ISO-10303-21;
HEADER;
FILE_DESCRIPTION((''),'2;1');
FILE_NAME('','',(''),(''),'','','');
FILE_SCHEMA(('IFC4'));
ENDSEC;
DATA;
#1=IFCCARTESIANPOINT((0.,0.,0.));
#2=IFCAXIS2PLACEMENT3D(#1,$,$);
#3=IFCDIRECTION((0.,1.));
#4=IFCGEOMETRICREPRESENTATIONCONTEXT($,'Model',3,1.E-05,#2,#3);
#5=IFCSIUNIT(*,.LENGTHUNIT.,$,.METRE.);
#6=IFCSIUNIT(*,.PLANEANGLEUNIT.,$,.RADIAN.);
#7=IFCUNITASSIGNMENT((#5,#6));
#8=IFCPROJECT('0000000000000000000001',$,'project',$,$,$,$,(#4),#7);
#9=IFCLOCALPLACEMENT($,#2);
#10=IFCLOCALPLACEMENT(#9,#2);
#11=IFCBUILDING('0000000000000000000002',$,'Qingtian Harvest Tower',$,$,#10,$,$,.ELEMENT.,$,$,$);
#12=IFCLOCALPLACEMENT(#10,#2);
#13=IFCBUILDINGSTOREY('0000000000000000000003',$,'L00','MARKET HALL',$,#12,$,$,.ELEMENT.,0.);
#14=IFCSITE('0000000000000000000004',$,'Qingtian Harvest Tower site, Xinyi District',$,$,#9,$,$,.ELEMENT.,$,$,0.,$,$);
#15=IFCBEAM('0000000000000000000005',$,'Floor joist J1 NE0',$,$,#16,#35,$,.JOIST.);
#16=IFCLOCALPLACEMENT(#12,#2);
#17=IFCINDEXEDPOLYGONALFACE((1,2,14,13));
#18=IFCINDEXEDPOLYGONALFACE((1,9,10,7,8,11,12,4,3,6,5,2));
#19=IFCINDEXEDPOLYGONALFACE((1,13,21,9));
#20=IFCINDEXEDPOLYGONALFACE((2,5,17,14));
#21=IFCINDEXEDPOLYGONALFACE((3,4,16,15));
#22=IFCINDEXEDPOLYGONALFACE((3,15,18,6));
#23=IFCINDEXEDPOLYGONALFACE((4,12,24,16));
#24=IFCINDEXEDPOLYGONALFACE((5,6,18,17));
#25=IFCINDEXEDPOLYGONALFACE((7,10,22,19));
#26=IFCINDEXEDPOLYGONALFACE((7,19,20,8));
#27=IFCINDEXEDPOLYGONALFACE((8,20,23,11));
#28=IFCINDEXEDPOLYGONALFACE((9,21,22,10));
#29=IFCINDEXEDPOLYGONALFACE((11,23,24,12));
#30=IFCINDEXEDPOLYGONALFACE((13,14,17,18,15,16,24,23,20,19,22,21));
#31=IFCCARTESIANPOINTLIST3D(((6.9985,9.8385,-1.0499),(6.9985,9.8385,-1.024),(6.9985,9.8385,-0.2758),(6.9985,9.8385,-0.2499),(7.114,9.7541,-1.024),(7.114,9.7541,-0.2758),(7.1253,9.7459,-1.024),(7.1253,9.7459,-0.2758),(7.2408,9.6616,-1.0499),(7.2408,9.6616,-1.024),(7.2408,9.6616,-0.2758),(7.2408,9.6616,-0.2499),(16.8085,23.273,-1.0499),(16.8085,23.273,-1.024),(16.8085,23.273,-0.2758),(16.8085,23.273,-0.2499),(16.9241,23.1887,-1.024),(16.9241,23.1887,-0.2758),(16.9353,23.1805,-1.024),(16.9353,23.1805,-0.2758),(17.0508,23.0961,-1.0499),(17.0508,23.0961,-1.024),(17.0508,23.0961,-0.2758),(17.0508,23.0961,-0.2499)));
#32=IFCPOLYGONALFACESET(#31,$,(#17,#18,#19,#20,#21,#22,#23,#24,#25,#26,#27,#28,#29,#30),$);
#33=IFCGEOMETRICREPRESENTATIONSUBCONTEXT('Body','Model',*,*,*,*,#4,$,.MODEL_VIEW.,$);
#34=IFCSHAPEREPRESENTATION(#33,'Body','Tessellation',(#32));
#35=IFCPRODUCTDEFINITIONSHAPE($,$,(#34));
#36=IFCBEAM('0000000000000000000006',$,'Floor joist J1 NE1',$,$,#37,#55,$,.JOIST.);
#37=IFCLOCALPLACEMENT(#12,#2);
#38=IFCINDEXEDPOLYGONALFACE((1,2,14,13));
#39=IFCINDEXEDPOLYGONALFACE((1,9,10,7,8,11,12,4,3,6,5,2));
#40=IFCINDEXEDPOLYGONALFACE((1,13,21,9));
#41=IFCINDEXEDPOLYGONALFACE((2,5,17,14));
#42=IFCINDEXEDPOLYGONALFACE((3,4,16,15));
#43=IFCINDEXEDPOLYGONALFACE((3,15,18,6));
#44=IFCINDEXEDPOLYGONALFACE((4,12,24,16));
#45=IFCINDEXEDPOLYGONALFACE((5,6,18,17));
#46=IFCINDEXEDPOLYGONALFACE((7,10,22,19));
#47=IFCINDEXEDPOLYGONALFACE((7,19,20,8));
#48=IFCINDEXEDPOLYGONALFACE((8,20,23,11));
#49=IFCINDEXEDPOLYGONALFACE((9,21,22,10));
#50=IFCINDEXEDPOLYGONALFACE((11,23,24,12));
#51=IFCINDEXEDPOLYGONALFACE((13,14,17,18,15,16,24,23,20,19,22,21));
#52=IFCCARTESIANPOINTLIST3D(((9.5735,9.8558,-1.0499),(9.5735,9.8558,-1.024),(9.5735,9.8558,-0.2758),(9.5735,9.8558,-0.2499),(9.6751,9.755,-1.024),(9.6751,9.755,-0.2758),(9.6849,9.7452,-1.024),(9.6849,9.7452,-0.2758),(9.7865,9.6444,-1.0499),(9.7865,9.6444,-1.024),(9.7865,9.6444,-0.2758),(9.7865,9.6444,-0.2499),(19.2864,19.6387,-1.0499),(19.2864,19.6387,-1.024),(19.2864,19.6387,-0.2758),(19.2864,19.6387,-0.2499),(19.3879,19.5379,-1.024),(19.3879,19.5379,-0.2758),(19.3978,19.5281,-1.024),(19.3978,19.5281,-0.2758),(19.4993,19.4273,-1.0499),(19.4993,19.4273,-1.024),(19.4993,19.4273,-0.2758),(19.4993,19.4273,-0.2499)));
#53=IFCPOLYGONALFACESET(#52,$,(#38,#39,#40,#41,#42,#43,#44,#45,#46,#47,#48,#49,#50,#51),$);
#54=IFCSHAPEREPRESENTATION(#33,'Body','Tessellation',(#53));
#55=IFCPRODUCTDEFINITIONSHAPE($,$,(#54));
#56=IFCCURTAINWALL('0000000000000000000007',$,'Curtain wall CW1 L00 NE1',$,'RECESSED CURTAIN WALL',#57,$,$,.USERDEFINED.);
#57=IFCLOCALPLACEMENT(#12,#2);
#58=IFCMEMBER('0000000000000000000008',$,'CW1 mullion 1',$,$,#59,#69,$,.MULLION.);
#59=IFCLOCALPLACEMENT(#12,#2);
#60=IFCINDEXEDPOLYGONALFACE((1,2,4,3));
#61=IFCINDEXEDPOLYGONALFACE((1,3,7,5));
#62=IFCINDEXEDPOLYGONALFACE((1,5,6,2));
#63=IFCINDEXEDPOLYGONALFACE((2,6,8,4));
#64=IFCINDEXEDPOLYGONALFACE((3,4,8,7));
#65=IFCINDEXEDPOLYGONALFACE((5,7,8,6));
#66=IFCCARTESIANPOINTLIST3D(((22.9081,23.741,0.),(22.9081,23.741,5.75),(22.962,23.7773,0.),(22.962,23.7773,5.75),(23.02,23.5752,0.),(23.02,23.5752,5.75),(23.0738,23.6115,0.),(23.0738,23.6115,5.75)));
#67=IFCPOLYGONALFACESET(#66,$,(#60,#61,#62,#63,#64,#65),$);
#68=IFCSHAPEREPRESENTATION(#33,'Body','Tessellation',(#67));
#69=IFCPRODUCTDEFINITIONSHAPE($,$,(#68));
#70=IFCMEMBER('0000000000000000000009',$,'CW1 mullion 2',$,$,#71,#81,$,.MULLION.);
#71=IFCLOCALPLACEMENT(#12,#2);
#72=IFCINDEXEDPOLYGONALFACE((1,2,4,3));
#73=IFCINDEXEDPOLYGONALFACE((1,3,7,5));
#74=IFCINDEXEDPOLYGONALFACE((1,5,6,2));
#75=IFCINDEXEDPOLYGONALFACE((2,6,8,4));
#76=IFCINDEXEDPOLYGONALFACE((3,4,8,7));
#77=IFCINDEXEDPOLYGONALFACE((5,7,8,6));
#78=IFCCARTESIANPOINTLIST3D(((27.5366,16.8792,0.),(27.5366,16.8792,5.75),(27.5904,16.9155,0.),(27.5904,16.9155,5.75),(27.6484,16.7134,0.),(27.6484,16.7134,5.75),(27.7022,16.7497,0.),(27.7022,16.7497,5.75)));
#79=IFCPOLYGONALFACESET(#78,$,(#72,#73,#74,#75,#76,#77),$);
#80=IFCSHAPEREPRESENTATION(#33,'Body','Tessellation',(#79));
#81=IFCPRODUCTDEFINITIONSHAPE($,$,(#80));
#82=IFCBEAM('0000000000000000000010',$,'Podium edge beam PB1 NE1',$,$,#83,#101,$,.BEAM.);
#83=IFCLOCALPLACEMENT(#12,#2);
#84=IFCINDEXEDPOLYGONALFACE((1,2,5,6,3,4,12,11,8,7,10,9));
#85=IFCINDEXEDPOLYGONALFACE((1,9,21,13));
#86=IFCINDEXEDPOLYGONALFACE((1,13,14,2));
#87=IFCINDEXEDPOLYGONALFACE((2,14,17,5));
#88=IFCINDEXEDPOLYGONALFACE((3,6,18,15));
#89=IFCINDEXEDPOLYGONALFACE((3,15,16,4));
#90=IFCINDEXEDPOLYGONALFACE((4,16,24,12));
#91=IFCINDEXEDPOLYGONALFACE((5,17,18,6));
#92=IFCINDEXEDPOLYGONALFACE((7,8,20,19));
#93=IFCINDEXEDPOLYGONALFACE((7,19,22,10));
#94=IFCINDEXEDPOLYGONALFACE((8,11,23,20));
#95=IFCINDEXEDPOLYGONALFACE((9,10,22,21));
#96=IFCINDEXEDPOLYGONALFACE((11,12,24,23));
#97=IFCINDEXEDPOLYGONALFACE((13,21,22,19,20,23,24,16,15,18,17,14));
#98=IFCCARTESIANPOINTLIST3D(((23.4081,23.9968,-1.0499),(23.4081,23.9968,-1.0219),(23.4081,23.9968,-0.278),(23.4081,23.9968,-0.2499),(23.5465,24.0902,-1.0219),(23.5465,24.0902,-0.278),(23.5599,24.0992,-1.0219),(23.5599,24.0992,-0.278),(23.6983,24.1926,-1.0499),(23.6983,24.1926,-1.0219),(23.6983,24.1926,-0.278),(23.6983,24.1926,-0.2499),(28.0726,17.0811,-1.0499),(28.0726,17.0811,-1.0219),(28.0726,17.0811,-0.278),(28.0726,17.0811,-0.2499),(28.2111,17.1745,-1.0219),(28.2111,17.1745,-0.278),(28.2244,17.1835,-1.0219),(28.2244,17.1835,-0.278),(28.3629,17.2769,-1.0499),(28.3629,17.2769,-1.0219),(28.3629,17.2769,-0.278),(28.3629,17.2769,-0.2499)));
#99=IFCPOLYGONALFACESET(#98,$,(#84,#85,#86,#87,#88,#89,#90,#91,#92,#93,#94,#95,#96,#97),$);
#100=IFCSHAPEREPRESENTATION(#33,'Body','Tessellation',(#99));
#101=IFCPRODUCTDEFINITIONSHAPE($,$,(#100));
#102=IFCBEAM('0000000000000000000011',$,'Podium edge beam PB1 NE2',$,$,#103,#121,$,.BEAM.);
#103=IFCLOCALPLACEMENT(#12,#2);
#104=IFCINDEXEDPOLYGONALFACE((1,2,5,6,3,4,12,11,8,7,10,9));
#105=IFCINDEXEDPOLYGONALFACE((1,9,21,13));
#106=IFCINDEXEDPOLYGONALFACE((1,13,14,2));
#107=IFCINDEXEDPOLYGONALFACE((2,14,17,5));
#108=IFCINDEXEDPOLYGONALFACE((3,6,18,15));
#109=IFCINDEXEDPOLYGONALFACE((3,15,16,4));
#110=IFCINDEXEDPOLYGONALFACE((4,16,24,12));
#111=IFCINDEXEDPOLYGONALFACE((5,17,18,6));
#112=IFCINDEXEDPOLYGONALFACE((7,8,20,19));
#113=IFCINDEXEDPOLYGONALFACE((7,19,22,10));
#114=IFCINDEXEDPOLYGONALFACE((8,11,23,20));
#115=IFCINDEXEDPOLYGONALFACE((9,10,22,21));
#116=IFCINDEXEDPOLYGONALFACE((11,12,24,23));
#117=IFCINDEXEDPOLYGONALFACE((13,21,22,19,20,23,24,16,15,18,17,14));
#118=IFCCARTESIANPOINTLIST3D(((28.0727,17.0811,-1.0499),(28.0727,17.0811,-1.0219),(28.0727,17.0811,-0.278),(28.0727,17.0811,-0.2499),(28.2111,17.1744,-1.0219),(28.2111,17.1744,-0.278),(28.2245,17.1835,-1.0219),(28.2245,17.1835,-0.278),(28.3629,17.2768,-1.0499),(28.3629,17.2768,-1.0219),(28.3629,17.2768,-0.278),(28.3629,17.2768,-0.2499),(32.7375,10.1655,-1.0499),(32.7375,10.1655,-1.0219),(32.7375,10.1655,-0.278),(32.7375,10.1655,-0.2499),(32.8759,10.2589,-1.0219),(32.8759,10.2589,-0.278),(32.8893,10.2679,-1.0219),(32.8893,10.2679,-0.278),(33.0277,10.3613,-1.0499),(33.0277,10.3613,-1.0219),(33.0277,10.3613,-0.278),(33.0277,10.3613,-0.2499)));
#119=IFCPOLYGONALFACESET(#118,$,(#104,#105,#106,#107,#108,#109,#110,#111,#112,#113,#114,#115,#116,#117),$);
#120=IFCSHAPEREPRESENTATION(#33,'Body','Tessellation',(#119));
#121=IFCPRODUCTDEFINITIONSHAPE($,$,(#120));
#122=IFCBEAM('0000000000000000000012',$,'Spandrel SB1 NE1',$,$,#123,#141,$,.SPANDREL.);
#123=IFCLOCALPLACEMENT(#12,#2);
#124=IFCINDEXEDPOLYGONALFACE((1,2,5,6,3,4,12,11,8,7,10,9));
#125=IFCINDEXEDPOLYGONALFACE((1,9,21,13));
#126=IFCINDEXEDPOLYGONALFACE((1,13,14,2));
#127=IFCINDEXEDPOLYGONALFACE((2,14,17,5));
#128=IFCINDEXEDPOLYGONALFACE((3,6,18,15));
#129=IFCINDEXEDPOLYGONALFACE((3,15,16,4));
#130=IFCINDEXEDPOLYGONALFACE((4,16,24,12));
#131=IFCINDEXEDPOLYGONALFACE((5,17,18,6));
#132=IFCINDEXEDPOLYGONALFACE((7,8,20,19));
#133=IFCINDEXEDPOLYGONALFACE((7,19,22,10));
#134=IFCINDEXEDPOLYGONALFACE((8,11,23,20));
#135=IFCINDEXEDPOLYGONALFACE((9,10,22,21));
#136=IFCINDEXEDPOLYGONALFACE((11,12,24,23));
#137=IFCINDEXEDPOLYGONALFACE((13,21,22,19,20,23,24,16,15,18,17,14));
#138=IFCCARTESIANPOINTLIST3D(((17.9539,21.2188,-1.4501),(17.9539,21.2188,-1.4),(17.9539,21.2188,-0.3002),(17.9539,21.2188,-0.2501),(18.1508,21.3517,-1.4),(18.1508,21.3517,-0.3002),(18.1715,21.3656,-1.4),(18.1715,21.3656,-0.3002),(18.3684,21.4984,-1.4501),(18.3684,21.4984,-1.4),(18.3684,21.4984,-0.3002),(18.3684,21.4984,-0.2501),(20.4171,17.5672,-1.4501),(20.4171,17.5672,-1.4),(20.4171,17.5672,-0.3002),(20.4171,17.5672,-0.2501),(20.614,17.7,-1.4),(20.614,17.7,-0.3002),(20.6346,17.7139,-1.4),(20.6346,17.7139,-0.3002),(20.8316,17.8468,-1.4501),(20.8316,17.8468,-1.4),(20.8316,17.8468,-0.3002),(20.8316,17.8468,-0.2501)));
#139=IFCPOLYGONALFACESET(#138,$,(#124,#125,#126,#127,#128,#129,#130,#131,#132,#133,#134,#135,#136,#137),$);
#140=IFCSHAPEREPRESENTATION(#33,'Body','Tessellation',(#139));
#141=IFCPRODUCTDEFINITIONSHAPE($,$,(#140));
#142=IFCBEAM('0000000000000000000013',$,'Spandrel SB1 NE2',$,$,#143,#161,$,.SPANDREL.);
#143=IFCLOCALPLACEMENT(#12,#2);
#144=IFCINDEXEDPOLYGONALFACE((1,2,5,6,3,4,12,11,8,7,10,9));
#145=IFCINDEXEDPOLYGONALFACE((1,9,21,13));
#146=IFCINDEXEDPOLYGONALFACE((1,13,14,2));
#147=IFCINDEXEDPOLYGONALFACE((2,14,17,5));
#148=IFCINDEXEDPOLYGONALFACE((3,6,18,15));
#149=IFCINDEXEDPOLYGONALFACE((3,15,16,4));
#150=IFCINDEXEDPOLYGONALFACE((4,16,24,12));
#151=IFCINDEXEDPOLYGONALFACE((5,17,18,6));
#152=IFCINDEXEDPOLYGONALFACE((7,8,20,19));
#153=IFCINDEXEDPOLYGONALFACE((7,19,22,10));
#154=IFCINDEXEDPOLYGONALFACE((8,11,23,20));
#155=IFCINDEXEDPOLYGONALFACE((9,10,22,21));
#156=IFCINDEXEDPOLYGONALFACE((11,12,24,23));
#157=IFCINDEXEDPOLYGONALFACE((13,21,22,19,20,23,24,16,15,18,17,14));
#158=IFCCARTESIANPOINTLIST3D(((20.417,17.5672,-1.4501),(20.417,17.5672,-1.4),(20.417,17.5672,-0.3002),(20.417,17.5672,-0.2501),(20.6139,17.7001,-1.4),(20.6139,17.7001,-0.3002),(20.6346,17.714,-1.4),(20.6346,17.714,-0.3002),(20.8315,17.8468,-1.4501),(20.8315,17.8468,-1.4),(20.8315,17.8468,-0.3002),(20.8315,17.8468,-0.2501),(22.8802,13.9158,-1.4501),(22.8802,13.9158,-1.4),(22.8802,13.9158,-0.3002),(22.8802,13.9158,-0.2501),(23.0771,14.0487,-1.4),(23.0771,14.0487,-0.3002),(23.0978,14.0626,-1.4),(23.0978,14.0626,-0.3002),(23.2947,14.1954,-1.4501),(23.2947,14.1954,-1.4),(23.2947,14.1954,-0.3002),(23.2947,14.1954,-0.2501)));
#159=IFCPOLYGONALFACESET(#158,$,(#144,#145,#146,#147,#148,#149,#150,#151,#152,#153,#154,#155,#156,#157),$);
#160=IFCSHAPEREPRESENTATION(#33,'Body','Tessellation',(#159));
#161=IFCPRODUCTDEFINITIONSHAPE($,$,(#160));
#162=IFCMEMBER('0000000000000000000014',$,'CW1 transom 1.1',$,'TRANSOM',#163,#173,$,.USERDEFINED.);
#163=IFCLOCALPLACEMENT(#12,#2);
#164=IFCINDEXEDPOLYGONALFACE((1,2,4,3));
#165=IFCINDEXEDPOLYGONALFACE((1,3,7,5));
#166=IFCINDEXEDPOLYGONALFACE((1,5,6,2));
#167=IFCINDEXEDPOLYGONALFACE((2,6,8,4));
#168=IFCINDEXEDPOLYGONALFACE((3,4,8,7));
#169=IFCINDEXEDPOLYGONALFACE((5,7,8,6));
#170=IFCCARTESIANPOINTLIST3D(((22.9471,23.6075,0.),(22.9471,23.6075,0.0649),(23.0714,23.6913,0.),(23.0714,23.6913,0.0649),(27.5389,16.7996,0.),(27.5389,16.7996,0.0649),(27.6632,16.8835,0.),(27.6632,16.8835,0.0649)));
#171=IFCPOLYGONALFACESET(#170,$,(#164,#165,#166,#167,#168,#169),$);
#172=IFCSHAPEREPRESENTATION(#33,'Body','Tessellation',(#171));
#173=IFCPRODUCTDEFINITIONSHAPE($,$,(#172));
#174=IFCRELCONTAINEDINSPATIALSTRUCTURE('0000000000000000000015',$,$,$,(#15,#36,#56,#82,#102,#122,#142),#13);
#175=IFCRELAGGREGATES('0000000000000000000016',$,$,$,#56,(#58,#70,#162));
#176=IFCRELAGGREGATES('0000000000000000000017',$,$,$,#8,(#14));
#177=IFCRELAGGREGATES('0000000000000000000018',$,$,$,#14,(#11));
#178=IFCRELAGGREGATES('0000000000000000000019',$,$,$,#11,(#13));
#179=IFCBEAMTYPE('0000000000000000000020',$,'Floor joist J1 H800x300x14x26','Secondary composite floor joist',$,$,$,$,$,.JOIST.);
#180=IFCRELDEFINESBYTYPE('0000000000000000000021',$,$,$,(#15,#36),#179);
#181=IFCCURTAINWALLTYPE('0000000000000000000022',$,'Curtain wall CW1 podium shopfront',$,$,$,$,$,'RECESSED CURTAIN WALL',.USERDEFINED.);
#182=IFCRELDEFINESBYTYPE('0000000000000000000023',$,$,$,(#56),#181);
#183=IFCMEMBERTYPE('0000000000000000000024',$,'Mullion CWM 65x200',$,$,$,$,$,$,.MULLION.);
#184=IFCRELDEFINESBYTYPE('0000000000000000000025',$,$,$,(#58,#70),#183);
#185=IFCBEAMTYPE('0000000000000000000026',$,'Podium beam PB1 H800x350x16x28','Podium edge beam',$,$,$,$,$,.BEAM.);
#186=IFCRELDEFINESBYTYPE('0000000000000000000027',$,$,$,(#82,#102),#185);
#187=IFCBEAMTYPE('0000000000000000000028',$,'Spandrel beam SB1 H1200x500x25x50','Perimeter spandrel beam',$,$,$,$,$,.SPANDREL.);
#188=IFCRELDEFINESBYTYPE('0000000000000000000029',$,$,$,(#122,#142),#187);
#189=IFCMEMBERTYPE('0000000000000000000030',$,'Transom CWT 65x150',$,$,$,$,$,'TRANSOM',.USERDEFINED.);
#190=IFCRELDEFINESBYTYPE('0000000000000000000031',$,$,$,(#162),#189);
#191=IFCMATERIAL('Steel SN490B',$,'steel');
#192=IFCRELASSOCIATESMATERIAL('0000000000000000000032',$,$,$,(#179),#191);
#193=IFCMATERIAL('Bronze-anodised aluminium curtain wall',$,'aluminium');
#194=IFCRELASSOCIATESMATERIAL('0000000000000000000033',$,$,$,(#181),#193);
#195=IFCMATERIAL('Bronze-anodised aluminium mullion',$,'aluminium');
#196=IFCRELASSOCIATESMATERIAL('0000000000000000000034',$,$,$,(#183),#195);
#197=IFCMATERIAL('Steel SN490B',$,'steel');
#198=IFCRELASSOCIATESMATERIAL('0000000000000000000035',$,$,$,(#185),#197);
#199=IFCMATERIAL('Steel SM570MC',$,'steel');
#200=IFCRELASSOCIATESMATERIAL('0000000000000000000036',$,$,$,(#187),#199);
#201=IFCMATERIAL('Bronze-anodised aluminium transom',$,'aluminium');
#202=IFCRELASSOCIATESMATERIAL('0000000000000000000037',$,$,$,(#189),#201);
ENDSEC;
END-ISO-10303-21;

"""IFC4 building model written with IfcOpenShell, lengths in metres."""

from ifc_helpers import new_model, si_unit, direction, frame, origin, origin_2d, place, context, subcontext, project, spatial, rectangle, i_section, extrude, material, material_profile, profile_set, type_object, element, aggregate, save


model = new_model("IFC4")

# Units and contexts
model_context = context("Model", 3, precision=1e-05, world=origin(), true_north=direction((0.0, 1.0)))
body_context = subcontext(model_context, "Body", "Model", "MODEL_VIEW")
ifc_project = project(units=[si_unit("LENGTHUNIT", "METRE"), si_unit("PLANEANGLEUNIT", "RADIAN")], contexts=[model_context])

# Site, building, storey
site_placement = place(None, origin())
site = spatial("IfcSite", under=ifc_project, at=site_placement, Name="Qingtian Harvest Tower site, Xinyi District", CompositionType="ELEMENT", RefElevation=0.0)
building_placement = place(site_placement, origin())
building = spatial("IfcBuilding", under=site, at=building_placement, Name="Qingtian Harvest Tower", CompositionType="ELEMENT")
storey_placement = place(building_placement, origin())
storey = spatial("IfcBuildingStorey", under=building, at=storey_placement, Name="L00", Description="MARKET HALL", CompositionType="ELEMENT", Elevation=0.0)

# Beams
ifc_material_1 = material(Name="Steel SN490B", Category="steel")
ifc_material_profile_1 = material_profile(ifc_material_1, i_section(OverallWidth=0.3, OverallDepth=0.8, WebThickness=0.0139, FlangeThickness=0.0259, at=origin_2d()), Name="H800x300x14x26")
ifc_profile_set_1 = profile_set([ifc_material_profile_1], Name="Steel SN490B")
beam_type_1 = type_object("IfcBeamType", Name="Floor joist J1 H800x300x14x26", Description="Secondary composite floor joist", PredefinedType="JOIST", material=ifc_profile_set_1)
beam_1_placement = place(storey_placement, frame((16.9297, 23.1846, -0.6499), z_axis=(-0.589722, -0.807606, 0.0), x_axis=(0.807606, -0.589722, 0.0)))
element("IfcBeam", 1, at=beam_1_placement, inside=storey, type_object=beam_type_1, Name="Floor joist J1 NE0", PredefinedType="JOIST", context=body_context, shape_type="SweptSolid", body=[
    extrude(i_section(OverallWidth=0.3, OverallDepth=0.8, WebThickness=0.0139, FlangeThickness=0.0259, at=origin_2d()), origin(), (0.0, 0.0, 1.0), 16.635),
])
beam_2_placement = place(storey_placement, frame((19.3928, 19.533, -0.6499), z_axis=(-0.704561, -0.709644, 0.0), x_axis=(0.709644, -0.704561, 0.0)))
element("IfcBeam", 2, at=beam_2_placement, inside=storey, type_object=beam_type_1, Name="Floor joist J1 NE1", PredefinedType="JOIST", context=body_context, shape_type="SweptSolid", body=[
    extrude(i_section(OverallWidth=0.3, OverallDepth=0.8, WebThickness=0.0139, FlangeThickness=0.0259, at=origin_2d()), origin(), (0.0, 0.0, 1.0), 13.7856),
])

# Curtain wall, members
ifc_material_2 = material(Name="Bronze-anodised aluminium curtain wall", Category="aluminium")
curtain_wall_type = type_object("IfcCurtainWallType", Name="Curtain wall CW1 podium shopfront", ElementType="RECESSED CURTAIN WALL", PredefinedType="USERDEFINED", material=ifc_material_2)
curtain_wall_placement = place(storey_placement, origin())
curtain_wall = element("IfcCurtainWall", 3, at=curtain_wall_placement, inside=storey, type_object=curtain_wall_type, Name="Curtain wall CW1 L00 NE1", ObjectType="RECESSED CURTAIN WALL", PredefinedType="USERDEFINED")
ifc_material_3 = material(Name="Bronze-anodised aluminium mullion", Category="aluminium")
ifc_material_profile_2 = material_profile(ifc_material_3, rectangle(XDim=0.0649, YDim=0.2, at=origin_2d()), Name="AL 65x200")
ifc_profile_set_2 = profile_set([ifc_material_profile_2], Name="Bronze-anodised aluminium mullion")
member_type_1 = type_object("IfcMemberType", Name="Mullion CWM 65x200", PredefinedType="MULLION", material=ifc_profile_set_2)
member_1_placement = place(storey_placement, frame((22.991, 23.6763, 0.0), z_axis=(0.0, 0.0, 1.0), x_axis=(0.829038, 0.559193, 0.0)))
member_1 = element("IfcMember", 4, at=member_1_placement, type_object=member_type_1, Name="CW1 mullion 1", PredefinedType="MULLION", context=body_context, shape_type="SweptSolid", body=[
    extrude(rectangle(XDim=0.0649, YDim=0.2, at=origin_2d()), origin(), (0.0, 0.0, 1.0), 5.75),
])
member_2_placement = place(storey_placement, frame((27.6194, 16.8145, 0.0), z_axis=(0.0, 0.0, 1.0), x_axis=(0.829038, 0.559193, 0.0)))
member_2 = element("IfcMember", 5, at=member_2_placement, type_object=member_type_1, Name="CW1 mullion 2", PredefinedType="MULLION", context=body_context, shape_type="SweptSolid", body=[
    extrude(rectangle(XDim=0.0649, YDim=0.2, at=origin_2d()), origin(), (0.0, 0.0, 1.0), 5.75),
])

# Beams
ifc_material_4 = material(Name="Steel SN490B", Category="steel")
ifc_material_profile_3 = material_profile(ifc_material_4, i_section(OverallWidth=0.3501, OverallDepth=0.8, WebThickness=0.0161, FlangeThickness=0.0281, at=origin_2d()), Name="H800x350x16x28")
ifc_profile_set_3 = profile_set([ifc_material_profile_3], Name="Steel SN490B")
beam_type_2 = type_object("IfcBeamType", Name="Podium beam PB1 H800x350x16x28", Description="Podium edge beam", PredefinedType="BEAM", material=ifc_profile_set_3)
for number, where, z_axis, x_axis, name in (
    (6, (23.5532, 24.0947, -0.6499), (0.559177, -0.829048, 0.0), (0.829048, 0.559177, 0.0), "Podium edge beam PB1 NE1"),
    (7, (28.2178, 17.179, -0.6499), (0.55921, -0.829026, 0.0), (0.829026, 0.55921, 0.0), "Podium edge beam PB1 NE2"),
):
    element("IfcBeam", number, at=place(storey_placement, frame(where, z_axis=z_axis, x_axis=x_axis)), inside=storey, type_object=beam_type_2, Name=name, PredefinedType="BEAM", context=body_context, shape_type="SweptSolid", body=[
        extrude(i_section(OverallWidth=0.3501, OverallDepth=0.8, WebThickness=0.0161, FlangeThickness=0.0281, at=origin_2d()), origin(), (0.0, 0.0, 1.0), 8.3418),
    ])
ifc_material_5 = material(Name="Steel SM570MC", Category="steel")
ifc_material_profile_4 = material_profile(ifc_material_5, i_section(OverallWidth=0.5, OverallDepth=1.2, WebThickness=0.0249, FlangeThickness=0.05, at=origin_2d()), Name="H1200x500x25x50")
ifc_profile_set_4 = profile_set([ifc_material_profile_4], Name="Steel SM570MC")
beam_type_3 = type_object("IfcBeamType", Name="Spandrel beam SB1 H1200x500x25x50", Description="Perimeter spandrel beam", PredefinedType="SPANDREL", material=ifc_profile_set_4)
beam_3_placement = place(storey_placement, frame((18.1611, 21.3586, -0.8501), z_axis=(0.559207, -0.829028, 0.0), x_axis=(0.829028, 0.559207, 0.0)))
element("IfcBeam", 8, at=beam_3_placement, inside=storey, type_object=beam_type_3, Name="Spandrel SB1 NE1", PredefinedType="SPANDREL", context=body_context, shape_type="SweptSolid", body=[
    extrude(i_section(OverallWidth=0.5, OverallDepth=1.2, WebThickness=0.0249, FlangeThickness=0.05, at=origin_2d()), origin(), (0.0, 0.0, 1.0), 4.4048),
])
beam_4_placement = place(storey_placement, frame((20.6243, 17.707, -0.8501), z_axis=(0.559233, -0.829011, 0.0), x_axis=(0.829011, 0.559233, 0.0)))
element("IfcBeam", 9, at=beam_4_placement, inside=storey, type_object=beam_type_3, Name="Spandrel SB1 NE2", PredefinedType="SPANDREL", context=body_context, shape_type="SweptSolid", body=[
    extrude(i_section(OverallWidth=0.5, OverallDepth=1.2, WebThickness=0.0249, FlangeThickness=0.05, at=origin_2d()), origin(), (0.0, 0.0, 1.0), 4.4045),
])

# Member
ifc_material_6 = material(Name="Bronze-anodised aluminium transom", Category="aluminium")
ifc_material_profile_5 = material_profile(ifc_material_6, rectangle(XDim=0.1499, YDim=0.0649, at=origin_2d()), Name="AL 65x150")
ifc_profile_set_5 = profile_set([ifc_material_profile_5], Name="Bronze-anodised aluminium transom")
member_type_2 = type_object("IfcMemberType", Name="Transom CWT 65x150", ElementType="TRANSOM", PredefinedType="USERDEFINED", material=ifc_profile_set_5)
member_3_placement = place(storey_placement, frame((23.0093, 23.6494, 0.0325), z_axis=(0.559179, -0.829047, 0.0), x_axis=(0.829047, 0.559179, 0.0)))
member_3 = element("IfcMember", 10, at=member_3_placement, type_object=member_type_2, Name="CW1 transom 1.1", ObjectType="TRANSOM", PredefinedType="USERDEFINED", context=body_context, shape_type="SweptSolid", body=[
    extrude(rectangle(XDim=0.1499, YDim=0.0649, at=origin_2d()), origin(), (0.0, 0.0, 1.0), 8.2117),
])

aggregate(curtain_wall, [member_1, member_2, member_3])

save(model, "model.ifc")
